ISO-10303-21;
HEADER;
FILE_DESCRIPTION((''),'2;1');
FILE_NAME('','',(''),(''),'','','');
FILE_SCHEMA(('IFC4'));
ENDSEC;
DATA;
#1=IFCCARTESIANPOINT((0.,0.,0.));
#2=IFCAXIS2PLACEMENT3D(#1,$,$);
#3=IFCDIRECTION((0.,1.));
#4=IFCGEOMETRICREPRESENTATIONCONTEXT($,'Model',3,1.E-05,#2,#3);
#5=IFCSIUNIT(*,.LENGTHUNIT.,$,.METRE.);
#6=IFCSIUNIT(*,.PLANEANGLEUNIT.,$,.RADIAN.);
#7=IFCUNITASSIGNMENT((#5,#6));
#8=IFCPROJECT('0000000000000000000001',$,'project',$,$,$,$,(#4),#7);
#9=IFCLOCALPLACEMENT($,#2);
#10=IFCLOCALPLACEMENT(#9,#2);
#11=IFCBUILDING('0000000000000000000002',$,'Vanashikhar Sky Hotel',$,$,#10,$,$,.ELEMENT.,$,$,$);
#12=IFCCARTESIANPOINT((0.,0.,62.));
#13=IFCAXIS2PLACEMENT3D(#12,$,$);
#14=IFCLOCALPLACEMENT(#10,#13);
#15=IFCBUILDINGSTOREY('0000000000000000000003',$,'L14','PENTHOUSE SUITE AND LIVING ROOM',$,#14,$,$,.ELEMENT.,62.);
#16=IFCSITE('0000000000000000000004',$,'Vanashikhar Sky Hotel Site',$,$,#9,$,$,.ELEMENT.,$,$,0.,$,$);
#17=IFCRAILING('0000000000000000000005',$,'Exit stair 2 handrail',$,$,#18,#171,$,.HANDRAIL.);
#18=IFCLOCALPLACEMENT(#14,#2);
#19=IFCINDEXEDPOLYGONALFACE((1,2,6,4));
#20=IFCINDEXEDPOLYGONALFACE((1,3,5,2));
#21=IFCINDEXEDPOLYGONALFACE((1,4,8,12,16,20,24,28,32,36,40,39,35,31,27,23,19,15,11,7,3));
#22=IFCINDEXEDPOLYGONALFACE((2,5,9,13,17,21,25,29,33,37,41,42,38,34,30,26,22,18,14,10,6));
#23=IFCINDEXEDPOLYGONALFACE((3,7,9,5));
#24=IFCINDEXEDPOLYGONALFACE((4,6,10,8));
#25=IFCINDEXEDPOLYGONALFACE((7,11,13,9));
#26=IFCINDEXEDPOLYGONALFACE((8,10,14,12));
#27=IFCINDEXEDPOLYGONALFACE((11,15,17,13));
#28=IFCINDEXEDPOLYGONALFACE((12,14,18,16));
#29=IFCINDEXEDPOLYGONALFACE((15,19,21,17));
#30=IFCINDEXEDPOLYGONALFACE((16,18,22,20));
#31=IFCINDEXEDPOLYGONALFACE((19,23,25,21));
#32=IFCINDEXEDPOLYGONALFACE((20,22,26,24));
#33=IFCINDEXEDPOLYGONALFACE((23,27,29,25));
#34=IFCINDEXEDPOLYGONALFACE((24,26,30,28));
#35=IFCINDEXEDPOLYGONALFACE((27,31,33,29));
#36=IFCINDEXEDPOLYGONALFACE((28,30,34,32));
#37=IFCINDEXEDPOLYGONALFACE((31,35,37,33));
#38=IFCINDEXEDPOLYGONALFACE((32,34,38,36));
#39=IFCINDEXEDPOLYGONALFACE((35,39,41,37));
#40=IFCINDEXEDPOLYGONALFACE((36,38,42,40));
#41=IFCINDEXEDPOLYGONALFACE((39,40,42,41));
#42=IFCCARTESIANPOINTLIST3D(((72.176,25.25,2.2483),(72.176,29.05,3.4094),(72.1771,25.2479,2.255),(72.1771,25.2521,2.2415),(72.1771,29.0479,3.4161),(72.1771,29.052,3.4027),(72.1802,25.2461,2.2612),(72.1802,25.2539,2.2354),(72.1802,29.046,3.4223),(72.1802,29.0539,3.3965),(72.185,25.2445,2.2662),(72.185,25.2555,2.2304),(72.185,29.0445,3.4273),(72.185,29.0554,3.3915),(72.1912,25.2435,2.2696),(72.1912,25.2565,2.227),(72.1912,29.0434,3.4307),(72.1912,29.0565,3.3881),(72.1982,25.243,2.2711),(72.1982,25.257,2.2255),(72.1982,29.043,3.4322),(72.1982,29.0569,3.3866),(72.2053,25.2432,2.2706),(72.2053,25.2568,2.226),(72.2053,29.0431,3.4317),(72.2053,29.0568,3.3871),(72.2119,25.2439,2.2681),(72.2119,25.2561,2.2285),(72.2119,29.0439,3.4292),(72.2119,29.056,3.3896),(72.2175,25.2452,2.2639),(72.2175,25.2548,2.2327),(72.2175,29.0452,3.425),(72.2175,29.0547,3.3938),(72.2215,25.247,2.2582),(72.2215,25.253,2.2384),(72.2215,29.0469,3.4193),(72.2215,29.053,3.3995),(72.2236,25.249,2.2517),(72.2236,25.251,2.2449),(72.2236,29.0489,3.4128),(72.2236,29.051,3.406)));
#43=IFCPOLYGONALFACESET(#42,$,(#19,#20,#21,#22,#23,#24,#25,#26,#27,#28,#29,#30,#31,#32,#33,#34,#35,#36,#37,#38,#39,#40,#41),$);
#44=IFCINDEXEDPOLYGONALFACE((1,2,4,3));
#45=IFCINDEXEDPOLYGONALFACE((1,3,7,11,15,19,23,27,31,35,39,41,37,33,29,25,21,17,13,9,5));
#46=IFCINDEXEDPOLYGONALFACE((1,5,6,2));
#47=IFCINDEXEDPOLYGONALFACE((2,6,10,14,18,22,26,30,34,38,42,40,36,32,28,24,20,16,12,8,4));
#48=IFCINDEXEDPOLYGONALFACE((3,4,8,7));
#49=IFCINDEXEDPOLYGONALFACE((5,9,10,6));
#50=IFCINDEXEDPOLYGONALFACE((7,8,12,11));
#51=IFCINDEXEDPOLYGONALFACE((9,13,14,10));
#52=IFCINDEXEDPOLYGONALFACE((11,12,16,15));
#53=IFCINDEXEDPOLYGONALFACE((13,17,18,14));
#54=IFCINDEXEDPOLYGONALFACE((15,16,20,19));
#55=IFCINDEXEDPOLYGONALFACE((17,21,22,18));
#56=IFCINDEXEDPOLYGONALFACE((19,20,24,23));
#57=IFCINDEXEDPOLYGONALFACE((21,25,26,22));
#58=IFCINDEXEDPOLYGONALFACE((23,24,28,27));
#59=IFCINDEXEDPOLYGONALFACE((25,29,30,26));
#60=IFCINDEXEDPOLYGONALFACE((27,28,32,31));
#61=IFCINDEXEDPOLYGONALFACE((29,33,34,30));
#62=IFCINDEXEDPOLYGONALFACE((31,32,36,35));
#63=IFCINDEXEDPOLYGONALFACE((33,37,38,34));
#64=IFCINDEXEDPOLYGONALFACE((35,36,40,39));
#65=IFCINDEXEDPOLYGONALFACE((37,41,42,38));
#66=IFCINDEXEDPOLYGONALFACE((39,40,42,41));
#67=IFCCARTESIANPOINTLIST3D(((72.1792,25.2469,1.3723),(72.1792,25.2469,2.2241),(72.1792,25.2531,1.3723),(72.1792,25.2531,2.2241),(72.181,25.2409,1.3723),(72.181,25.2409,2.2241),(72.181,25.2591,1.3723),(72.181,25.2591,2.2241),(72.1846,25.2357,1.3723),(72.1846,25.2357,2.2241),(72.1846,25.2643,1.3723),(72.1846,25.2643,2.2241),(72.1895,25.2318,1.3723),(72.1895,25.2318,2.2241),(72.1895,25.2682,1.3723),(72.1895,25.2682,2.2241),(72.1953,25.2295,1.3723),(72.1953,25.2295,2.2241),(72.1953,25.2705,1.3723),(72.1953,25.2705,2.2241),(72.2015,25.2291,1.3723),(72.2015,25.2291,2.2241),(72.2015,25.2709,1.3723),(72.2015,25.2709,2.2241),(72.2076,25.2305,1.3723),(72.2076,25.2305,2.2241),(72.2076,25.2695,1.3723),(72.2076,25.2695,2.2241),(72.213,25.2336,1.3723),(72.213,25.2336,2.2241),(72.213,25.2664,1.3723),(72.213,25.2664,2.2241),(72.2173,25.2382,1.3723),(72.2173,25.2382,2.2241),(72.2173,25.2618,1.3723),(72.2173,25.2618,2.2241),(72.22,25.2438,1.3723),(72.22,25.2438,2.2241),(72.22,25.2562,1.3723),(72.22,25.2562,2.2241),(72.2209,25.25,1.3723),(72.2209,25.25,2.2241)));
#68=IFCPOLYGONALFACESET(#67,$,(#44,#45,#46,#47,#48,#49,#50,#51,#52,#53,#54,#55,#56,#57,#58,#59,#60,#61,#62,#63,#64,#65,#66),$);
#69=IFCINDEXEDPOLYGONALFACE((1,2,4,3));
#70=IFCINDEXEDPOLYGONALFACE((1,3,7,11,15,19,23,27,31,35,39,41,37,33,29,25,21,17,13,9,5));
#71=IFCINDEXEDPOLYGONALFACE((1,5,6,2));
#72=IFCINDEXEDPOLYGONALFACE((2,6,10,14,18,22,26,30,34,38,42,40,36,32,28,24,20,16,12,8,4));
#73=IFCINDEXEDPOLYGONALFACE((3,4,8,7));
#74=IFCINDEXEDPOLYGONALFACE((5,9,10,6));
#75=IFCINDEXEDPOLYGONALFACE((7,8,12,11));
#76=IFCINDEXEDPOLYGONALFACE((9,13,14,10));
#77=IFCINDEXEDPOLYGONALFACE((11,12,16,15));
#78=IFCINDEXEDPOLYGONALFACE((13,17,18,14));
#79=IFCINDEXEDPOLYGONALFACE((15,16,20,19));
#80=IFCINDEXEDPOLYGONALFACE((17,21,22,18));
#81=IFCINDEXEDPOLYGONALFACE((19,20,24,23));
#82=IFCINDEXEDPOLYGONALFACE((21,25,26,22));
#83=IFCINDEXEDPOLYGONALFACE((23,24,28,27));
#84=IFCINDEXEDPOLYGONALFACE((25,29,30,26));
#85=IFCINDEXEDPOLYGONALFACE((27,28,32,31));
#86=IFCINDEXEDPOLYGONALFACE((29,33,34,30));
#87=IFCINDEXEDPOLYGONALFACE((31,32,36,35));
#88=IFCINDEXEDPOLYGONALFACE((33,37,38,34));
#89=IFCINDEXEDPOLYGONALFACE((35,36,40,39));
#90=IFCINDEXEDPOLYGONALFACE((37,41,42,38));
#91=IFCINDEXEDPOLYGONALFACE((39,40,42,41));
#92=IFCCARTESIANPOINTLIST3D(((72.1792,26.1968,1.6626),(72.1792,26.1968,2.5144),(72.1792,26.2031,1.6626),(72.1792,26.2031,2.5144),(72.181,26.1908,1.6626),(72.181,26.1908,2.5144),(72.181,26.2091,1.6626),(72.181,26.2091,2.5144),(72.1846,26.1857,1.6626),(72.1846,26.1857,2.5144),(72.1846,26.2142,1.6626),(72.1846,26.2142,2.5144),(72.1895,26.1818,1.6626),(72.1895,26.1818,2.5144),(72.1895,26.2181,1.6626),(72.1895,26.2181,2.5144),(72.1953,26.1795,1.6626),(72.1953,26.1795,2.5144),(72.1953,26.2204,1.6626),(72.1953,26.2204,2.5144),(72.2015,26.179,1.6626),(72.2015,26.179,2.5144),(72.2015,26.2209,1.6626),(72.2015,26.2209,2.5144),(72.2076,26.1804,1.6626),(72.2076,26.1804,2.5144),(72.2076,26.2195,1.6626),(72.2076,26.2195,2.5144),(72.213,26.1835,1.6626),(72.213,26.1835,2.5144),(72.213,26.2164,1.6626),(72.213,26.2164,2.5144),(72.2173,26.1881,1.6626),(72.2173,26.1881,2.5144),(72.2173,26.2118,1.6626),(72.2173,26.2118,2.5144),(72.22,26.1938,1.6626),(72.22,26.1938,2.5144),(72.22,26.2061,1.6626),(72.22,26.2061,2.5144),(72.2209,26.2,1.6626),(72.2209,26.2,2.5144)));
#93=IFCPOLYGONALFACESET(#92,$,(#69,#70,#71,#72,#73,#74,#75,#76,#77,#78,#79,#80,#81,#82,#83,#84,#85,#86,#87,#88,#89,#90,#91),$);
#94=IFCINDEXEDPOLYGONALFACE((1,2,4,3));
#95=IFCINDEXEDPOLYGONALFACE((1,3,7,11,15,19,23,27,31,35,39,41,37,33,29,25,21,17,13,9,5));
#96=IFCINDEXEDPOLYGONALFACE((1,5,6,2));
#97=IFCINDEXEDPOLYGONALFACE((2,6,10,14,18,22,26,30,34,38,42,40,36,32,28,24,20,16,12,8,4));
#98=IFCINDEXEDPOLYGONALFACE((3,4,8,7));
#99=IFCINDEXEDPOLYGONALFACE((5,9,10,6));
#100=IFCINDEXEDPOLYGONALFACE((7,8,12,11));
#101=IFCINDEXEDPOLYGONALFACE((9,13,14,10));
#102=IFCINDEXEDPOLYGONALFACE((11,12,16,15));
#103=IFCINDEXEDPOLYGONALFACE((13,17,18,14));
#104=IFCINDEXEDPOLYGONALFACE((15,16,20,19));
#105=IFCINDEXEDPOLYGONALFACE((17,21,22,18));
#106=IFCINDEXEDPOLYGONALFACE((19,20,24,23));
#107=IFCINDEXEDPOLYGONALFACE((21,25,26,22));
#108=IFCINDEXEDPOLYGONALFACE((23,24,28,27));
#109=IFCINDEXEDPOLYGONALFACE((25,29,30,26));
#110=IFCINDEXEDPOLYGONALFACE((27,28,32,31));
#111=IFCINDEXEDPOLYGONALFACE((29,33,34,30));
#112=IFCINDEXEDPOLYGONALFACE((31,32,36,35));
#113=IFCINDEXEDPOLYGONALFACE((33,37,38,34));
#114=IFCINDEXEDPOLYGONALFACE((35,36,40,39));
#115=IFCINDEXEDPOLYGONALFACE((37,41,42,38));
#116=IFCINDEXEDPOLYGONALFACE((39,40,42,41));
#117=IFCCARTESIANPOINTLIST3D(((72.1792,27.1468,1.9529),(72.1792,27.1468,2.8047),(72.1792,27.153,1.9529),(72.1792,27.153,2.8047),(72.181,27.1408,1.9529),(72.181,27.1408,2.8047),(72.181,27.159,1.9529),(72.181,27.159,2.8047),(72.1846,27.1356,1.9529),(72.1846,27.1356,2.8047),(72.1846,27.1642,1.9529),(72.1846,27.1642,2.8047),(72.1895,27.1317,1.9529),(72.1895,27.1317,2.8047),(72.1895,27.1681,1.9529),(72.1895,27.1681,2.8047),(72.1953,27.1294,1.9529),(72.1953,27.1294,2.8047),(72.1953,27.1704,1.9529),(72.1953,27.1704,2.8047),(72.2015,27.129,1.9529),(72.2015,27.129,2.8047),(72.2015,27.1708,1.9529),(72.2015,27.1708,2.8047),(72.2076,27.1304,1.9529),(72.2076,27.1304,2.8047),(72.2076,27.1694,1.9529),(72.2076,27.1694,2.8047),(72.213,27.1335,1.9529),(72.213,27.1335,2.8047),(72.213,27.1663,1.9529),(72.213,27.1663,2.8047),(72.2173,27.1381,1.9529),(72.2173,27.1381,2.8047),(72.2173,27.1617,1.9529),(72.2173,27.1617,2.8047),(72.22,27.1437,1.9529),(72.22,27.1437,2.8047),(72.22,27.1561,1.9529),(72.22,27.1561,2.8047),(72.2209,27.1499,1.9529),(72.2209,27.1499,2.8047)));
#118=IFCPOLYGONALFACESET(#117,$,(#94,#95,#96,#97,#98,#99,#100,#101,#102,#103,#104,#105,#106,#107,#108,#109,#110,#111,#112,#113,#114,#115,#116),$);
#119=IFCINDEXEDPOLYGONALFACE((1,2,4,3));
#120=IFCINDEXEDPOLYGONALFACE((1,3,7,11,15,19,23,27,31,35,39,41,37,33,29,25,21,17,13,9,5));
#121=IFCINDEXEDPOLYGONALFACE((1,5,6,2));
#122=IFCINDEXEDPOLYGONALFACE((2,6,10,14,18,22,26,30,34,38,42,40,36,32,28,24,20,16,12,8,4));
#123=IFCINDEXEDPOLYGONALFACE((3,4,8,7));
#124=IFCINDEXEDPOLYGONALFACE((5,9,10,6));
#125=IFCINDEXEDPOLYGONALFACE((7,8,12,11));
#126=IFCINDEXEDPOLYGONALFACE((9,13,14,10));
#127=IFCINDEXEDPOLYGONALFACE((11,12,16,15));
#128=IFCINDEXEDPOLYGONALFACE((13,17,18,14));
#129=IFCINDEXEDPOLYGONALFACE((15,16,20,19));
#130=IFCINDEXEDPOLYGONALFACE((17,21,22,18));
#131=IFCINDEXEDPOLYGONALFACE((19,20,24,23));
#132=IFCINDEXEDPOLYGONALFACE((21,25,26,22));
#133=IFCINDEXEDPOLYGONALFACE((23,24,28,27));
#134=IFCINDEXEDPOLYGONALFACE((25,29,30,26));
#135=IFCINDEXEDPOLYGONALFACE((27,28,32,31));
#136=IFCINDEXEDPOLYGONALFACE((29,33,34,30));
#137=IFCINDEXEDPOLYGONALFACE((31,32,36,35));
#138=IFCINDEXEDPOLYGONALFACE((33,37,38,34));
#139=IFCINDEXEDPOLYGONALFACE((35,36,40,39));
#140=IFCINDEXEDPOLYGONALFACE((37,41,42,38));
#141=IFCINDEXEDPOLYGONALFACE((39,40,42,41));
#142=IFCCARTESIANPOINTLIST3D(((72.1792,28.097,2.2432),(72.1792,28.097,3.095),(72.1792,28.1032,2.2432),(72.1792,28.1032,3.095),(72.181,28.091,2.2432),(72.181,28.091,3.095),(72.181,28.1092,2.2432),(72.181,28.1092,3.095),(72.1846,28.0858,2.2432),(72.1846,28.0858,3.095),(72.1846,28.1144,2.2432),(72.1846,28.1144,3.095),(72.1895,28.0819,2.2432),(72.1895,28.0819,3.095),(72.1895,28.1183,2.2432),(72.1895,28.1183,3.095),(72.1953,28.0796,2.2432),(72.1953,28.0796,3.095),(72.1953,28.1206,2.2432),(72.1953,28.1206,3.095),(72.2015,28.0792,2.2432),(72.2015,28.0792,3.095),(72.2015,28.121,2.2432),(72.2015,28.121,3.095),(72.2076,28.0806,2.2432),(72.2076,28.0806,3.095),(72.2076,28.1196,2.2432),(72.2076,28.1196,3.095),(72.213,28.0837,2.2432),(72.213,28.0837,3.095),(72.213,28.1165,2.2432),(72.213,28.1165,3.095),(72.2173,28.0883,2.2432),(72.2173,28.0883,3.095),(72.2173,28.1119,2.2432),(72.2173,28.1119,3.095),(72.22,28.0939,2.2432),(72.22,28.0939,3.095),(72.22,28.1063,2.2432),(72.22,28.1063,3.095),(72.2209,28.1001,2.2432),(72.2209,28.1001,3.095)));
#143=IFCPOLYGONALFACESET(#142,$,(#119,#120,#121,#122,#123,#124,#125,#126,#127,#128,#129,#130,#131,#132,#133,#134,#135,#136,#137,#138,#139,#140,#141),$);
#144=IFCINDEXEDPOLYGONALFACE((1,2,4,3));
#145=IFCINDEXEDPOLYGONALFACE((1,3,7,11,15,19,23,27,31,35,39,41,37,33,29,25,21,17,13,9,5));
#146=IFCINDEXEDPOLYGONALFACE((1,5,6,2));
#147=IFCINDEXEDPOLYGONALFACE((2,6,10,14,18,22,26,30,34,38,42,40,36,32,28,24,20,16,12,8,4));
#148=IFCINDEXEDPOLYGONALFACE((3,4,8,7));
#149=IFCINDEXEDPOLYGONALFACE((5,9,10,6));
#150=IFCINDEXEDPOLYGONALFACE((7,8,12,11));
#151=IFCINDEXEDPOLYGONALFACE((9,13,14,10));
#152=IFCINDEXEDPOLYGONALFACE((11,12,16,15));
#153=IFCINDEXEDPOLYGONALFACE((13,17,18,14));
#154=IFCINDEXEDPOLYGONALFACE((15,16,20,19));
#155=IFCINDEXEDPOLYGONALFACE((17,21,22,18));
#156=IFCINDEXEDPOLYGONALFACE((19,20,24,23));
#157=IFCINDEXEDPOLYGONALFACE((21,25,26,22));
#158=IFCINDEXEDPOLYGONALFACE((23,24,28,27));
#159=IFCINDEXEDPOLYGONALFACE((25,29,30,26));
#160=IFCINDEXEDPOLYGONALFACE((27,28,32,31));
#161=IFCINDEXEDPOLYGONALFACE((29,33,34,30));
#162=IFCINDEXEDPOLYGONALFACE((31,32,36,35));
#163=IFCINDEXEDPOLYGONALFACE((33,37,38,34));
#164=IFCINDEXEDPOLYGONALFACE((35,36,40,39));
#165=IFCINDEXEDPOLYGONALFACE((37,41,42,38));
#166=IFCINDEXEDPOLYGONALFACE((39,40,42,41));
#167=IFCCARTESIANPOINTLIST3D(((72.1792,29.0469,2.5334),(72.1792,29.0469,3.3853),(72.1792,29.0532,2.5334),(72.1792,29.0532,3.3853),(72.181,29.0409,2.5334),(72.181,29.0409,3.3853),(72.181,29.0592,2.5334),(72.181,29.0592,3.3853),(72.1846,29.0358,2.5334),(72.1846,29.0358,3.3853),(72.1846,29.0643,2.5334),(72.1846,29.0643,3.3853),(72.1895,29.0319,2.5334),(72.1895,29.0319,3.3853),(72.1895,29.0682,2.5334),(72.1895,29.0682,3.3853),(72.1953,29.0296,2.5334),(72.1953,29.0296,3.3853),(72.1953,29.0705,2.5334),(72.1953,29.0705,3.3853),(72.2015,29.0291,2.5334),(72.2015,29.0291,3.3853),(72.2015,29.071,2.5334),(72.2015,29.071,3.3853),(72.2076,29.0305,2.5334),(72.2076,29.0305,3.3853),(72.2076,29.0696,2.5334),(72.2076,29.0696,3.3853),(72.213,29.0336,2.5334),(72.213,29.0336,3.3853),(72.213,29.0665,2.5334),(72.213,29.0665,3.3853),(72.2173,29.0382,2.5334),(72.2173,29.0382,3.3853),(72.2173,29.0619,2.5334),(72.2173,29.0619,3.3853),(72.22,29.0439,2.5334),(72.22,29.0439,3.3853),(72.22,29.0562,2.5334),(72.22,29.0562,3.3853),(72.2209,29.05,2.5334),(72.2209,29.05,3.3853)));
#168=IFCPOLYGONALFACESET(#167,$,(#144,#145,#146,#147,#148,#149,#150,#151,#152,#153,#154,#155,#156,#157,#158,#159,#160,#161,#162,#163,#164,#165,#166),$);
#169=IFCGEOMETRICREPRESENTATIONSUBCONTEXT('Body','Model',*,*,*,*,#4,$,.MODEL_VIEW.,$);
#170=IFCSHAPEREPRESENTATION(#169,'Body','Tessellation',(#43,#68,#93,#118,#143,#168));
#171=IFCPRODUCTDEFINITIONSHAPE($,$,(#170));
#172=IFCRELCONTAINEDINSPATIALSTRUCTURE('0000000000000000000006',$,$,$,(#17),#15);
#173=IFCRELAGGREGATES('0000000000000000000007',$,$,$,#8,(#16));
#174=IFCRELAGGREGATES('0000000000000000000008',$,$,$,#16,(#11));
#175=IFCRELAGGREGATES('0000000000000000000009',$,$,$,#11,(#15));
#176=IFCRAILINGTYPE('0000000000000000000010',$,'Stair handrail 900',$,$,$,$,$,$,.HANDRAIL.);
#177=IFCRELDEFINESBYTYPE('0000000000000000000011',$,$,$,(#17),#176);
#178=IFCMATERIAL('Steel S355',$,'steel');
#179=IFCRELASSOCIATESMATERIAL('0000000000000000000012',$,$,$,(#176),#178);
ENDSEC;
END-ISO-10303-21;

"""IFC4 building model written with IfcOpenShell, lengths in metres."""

from ifc_helpers import new_model, si_unit, direction, frame, origin, origin_2d, place, context, subcontext, project, spatial, circle, extrude, source, transform, mapped, material, type_object, element, save


model = new_model("IFC4")

# Units and contexts
model_context = context("Model", 3, precision=1e-05, world=origin(), true_north=direction((0.0, 1.0)))
body_context = subcontext(model_context, "Body", "Model", "MODEL_VIEW")
ifc_project = project(units=[si_unit("LENGTHUNIT", "METRE"), si_unit("PLANEANGLEUNIT", "RADIAN")], contexts=[model_context])

# Site, building, storey
site_placement = place(None, origin())
site = spatial("IfcSite", under=ifc_project, at=site_placement, Name="Vanashikhar Sky Hotel Site", CompositionType="ELEMENT", RefElevation=0.0)
building_placement = place(site_placement, origin())
building = spatial("IfcBuilding", under=site, at=building_placement, Name="Vanashikhar Sky Hotel", CompositionType="ELEMENT")
storey_placement = place(building_placement, frame((0.0, 0.0, 62.0)))
storey = spatial("IfcBuildingStorey", under=building, at=storey_placement, Name="L14", Description="PENTHOUSE SUITE AND LIVING ROOM", CompositionType="ELEMENT", Elevation=62.0)

# Railing
ifc_material_1 = material(Name="Steel S355", Category="steel")
railing_type_1 = type_object("IfcRailingType", Name="Stair handrail 900", PredefinedType="HANDRAIL", material=ifc_material_1)
shared_shape_1 = source(origin(), body_context, "Body", "SweptSolid", [
    extrude(circle(Radius=0.0239, at=origin_2d()), frame((0.0, 0.0, 0.876), z_axis=(0.0, 0.956351, 0.29222), x_axis=(-1.0, 0.0, 0.0)), (0.0, 0.0, 1.0), 3.9734),
    extrude(circle(Radius=0.021, at=origin_2d()), origin(), (0.0, 0.0, 1.0), 0.8518),
    extrude(circle(Radius=0.021, at=origin_2d()), frame((0.0, 0.95, 0.2903)), (0.0, 0.0, 1.0), 0.8518),
    extrude(circle(Radius=0.021, at=origin_2d()), frame((0.0, 1.8999, 0.5806)), (0.0, 0.0, 1.0), 0.8518),
    extrude(circle(Radius=0.021, at=origin_2d()), frame((0.0, 2.8501, 0.8708)), (0.0, 0.0, 1.0), 0.8518),
    extrude(circle(Radius=0.021, at=origin_2d()), frame((0.0, 3.8, 1.1611)), (0.0, 0.0, 1.0), 0.8518),
])
railing_1_placement = place(storey_placement, frame((72.2, 25.25, 1.3723)))
element("IfcRailing", 1, at=railing_1_placement, inside=storey, type_object=railing_type_1, Name="Exit stair 2 handrail", PredefinedType="HANDRAIL", context=body_context, shape_type="MappedRepresentation", body=[
    mapped(shared_shape_1, transform((0.0, 0.0, 0.0), scale=1.0)),
])

save(model, "model.ifc")
